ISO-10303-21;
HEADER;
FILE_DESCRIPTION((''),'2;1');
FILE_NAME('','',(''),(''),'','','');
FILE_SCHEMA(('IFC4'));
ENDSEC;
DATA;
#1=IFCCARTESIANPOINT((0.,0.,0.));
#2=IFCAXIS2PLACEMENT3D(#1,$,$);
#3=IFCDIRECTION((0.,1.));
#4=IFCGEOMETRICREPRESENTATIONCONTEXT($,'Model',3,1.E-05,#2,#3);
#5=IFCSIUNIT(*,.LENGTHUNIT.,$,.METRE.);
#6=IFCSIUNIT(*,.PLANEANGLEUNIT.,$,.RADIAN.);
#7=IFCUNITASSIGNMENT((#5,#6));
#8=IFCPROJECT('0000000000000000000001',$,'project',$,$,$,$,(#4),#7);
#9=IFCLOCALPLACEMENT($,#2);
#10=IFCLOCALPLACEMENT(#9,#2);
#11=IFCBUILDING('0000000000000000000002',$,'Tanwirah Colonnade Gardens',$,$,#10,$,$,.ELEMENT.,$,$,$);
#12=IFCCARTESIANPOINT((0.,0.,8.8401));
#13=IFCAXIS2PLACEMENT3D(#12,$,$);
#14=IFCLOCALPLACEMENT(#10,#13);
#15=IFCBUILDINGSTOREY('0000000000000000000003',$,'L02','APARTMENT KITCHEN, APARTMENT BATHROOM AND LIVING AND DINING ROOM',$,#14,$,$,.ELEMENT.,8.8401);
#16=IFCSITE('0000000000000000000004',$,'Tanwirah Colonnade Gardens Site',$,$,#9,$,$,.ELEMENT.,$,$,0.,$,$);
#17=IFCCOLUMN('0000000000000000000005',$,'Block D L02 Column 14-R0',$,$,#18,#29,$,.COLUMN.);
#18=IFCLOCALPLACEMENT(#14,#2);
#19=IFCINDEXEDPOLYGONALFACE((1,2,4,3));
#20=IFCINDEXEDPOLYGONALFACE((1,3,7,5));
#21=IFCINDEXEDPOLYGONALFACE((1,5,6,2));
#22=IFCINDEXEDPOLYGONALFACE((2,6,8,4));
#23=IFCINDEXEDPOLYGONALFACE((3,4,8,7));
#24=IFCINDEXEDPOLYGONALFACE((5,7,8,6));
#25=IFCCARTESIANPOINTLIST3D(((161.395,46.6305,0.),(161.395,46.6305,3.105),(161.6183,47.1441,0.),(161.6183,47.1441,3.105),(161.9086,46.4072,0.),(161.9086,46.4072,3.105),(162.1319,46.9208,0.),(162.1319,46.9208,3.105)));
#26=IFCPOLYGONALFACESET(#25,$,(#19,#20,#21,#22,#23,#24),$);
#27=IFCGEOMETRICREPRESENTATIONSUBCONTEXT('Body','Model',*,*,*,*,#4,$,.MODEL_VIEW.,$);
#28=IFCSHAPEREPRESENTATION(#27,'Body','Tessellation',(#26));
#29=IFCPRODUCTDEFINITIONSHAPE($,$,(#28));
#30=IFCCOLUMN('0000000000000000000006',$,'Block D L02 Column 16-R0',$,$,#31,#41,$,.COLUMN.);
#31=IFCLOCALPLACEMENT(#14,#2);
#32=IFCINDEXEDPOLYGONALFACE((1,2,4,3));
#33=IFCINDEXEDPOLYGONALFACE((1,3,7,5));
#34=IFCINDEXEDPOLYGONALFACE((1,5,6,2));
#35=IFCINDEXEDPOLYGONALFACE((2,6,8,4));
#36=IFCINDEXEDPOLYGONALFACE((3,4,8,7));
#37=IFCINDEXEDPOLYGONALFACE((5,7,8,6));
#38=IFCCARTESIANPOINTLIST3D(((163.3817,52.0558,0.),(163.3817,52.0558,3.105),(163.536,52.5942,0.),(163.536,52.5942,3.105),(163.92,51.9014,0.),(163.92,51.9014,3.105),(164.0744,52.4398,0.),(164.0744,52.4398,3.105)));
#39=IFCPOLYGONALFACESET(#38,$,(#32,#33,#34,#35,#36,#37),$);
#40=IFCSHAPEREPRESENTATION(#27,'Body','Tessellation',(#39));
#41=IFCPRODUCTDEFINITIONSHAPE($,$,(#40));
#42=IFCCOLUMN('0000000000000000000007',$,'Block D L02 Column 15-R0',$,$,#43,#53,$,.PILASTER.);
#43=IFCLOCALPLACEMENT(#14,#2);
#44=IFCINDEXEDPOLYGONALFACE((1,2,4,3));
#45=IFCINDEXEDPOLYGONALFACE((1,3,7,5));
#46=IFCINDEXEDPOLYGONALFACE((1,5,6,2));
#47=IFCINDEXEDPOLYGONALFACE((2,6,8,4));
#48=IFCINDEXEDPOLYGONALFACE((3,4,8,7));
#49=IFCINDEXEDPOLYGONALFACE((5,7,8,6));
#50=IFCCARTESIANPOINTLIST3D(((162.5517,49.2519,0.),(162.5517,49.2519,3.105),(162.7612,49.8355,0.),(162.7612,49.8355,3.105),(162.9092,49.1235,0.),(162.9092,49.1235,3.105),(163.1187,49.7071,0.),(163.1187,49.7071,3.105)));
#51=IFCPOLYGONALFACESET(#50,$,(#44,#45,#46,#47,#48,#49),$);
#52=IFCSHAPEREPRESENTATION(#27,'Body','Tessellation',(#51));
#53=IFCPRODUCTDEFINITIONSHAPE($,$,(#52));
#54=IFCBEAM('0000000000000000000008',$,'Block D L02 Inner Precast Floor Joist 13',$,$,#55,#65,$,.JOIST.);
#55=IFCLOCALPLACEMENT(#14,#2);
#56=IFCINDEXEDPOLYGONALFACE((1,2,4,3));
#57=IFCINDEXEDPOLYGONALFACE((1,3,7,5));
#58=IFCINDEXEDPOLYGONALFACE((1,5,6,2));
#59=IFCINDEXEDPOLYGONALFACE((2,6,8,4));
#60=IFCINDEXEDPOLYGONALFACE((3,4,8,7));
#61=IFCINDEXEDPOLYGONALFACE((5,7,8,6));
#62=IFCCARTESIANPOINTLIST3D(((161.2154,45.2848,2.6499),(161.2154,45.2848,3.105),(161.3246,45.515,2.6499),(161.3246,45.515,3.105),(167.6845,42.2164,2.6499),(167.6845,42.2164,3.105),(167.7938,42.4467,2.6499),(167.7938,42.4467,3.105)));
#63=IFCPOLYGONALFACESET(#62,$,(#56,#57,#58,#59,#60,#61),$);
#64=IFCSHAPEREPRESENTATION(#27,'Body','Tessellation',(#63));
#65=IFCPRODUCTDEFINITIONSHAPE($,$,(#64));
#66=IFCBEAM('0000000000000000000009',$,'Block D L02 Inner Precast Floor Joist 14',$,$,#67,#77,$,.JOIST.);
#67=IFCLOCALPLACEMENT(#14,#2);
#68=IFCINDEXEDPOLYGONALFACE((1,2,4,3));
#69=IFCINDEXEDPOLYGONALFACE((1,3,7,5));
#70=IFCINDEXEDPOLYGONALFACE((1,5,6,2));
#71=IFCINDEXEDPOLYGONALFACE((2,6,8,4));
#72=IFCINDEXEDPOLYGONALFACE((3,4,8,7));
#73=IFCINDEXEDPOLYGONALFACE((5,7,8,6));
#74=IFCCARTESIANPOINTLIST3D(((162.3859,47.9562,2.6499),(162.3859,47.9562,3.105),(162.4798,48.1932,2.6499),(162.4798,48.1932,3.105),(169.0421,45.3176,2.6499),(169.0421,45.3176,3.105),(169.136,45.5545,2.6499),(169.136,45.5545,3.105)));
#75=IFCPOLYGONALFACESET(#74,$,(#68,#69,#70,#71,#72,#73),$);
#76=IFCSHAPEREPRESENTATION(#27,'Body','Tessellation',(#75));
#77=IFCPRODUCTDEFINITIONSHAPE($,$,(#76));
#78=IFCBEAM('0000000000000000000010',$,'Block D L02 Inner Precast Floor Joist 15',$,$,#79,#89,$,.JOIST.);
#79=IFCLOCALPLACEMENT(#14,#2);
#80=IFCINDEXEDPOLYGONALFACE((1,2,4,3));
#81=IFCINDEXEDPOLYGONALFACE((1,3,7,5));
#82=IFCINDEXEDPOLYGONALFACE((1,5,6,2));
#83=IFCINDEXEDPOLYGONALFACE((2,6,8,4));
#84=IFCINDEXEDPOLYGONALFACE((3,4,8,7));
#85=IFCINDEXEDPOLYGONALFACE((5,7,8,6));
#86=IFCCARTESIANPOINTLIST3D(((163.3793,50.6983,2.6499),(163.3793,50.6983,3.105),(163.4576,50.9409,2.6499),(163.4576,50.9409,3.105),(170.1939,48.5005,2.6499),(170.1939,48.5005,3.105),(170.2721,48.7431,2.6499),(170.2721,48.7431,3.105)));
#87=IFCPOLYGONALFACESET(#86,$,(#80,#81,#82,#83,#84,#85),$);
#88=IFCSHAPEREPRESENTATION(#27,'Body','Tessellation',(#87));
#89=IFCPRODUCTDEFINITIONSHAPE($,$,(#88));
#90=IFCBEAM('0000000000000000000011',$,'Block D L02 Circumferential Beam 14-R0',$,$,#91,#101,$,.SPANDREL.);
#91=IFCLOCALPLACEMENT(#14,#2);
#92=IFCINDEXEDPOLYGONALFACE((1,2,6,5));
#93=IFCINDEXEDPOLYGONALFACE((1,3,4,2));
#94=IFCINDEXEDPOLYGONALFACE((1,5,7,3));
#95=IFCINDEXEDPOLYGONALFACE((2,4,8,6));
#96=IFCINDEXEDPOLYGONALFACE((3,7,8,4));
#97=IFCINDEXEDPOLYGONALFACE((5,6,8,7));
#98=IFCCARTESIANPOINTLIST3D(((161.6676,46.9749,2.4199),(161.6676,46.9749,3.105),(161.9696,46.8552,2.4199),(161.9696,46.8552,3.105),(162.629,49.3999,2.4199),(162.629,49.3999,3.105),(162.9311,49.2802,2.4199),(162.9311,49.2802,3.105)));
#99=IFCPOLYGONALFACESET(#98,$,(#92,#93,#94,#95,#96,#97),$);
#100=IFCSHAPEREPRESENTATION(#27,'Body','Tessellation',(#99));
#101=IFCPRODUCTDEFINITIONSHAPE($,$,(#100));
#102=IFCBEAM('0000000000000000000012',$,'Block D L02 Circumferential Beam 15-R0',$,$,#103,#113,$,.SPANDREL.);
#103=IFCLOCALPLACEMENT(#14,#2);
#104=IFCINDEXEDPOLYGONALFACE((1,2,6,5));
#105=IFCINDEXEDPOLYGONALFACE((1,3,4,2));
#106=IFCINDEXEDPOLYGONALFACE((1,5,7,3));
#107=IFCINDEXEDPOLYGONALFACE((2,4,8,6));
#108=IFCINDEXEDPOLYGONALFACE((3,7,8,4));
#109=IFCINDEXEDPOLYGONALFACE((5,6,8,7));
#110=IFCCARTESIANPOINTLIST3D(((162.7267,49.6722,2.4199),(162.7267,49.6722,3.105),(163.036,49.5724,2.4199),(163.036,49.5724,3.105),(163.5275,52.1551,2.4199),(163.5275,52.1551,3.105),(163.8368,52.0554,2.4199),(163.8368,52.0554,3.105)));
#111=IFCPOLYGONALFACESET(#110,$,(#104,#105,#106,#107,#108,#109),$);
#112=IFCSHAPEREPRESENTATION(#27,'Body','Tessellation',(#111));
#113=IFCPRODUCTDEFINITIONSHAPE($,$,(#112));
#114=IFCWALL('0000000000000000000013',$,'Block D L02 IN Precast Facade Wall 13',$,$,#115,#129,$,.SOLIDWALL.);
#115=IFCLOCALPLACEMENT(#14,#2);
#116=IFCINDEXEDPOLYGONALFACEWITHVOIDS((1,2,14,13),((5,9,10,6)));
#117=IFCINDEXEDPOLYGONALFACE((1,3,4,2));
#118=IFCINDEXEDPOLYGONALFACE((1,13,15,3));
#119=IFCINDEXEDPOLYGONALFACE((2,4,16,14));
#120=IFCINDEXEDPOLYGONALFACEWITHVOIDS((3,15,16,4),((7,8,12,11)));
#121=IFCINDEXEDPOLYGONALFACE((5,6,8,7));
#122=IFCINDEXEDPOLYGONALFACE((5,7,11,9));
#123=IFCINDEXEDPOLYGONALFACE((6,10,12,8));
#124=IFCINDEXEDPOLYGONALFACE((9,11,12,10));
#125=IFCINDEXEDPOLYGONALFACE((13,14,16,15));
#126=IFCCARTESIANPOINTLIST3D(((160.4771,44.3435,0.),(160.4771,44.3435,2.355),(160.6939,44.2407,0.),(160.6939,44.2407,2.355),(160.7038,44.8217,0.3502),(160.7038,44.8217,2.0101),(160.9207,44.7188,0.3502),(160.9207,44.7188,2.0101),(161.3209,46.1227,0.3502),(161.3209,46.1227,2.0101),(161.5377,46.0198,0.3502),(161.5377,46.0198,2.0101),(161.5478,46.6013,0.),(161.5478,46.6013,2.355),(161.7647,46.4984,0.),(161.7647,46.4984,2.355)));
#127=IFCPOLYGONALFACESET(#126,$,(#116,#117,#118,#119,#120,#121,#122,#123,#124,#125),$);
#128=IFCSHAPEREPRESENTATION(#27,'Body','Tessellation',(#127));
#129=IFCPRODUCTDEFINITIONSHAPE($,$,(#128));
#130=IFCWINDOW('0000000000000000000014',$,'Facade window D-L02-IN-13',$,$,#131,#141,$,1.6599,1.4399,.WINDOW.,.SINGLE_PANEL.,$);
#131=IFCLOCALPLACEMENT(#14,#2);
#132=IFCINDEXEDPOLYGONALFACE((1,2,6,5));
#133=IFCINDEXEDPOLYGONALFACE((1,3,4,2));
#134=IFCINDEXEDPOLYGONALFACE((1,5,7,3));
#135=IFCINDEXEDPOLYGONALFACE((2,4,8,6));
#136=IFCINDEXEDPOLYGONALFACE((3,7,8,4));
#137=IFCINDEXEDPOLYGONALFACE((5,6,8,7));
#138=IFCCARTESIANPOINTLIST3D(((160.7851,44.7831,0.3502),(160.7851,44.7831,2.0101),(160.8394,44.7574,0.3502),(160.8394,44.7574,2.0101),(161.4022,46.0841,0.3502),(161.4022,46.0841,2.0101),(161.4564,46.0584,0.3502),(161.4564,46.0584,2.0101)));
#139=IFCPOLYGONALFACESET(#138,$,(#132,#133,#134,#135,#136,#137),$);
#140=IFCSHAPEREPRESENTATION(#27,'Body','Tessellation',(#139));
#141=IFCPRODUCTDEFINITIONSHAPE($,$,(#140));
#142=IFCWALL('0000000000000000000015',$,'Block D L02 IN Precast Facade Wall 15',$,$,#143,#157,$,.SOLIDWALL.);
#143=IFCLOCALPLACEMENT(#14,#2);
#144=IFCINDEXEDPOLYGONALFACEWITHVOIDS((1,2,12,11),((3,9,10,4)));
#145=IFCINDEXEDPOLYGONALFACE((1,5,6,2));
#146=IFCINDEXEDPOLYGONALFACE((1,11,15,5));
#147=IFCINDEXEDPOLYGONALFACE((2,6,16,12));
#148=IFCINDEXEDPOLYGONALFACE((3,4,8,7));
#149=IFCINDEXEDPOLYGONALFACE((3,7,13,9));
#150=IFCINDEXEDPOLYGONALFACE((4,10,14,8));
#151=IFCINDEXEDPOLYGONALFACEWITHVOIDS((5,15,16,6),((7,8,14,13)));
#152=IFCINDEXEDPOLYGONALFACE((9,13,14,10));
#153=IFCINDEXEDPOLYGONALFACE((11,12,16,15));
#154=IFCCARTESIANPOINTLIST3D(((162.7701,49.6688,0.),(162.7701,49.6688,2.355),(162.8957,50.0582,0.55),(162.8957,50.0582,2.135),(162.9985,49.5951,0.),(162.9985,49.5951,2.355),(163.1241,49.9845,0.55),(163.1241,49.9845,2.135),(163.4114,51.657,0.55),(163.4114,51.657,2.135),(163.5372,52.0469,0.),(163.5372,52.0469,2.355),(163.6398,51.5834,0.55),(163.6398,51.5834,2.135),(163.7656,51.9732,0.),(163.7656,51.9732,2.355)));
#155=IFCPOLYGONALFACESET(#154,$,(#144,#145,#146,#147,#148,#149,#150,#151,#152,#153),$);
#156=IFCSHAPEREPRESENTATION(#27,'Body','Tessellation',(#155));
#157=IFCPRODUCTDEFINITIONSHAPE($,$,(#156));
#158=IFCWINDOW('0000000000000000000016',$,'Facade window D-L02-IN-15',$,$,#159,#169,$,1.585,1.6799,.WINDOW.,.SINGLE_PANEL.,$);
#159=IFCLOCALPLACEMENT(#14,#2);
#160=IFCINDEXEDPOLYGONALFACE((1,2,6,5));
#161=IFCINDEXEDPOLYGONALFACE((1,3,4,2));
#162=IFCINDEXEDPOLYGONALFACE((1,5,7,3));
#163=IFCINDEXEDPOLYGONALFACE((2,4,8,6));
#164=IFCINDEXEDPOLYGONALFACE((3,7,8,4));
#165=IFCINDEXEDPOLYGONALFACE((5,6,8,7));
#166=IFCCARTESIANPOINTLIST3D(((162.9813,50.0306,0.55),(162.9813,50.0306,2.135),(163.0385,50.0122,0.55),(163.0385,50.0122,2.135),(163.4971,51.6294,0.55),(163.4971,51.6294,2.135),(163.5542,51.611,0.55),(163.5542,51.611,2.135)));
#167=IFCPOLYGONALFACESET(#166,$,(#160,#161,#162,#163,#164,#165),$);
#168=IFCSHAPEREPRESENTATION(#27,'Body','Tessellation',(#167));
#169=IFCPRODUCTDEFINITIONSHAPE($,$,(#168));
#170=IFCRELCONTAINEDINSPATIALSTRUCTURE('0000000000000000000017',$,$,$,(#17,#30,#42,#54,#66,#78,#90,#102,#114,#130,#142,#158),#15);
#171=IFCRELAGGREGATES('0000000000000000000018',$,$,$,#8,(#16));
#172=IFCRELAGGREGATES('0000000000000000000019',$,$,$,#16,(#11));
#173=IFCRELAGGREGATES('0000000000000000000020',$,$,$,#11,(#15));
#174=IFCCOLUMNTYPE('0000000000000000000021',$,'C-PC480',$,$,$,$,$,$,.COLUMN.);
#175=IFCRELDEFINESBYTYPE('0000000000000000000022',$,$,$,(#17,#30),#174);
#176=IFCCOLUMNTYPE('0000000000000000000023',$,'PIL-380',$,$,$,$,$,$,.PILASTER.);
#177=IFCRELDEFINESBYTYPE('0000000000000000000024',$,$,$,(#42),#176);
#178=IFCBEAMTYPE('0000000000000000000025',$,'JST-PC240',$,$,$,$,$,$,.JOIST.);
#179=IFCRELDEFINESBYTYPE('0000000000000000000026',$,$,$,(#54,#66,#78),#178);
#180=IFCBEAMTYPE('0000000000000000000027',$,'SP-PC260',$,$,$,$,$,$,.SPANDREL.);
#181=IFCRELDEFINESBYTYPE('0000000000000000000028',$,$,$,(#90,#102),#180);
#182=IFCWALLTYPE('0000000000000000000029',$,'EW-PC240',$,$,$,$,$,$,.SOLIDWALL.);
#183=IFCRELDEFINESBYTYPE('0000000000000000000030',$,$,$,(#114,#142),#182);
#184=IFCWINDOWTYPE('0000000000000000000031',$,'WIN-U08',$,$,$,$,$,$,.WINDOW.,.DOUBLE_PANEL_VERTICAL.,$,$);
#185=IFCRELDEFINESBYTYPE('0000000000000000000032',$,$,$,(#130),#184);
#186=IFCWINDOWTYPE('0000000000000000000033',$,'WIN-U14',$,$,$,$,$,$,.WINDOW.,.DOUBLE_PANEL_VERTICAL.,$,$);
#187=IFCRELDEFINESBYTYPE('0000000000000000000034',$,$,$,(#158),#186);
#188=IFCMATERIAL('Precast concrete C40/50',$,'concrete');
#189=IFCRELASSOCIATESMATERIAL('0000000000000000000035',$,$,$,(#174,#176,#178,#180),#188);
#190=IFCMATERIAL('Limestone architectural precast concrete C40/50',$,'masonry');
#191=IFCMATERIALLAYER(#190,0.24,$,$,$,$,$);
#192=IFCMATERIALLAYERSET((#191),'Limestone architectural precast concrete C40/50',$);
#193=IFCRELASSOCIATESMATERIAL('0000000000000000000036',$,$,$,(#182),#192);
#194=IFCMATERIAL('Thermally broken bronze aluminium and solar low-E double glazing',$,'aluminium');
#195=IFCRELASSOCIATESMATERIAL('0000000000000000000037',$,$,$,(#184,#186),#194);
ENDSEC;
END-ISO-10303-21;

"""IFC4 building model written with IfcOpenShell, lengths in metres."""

from ifc_helpers import new_model, si_unit, direction, frame, frame_2d, origin, origin_2d, place, context, subcontext, project, spatial, rectangle, extrude, material, layer, layer_set, material_profile, profile_set, type_object, element, fill, save


model = new_model("IFC4")

# Units and contexts
model_context = context("Model", 3, precision=1e-05, world=origin(), true_north=direction((0.0, 1.0)))
body_context = subcontext(model_context, "Body", "Model", "MODEL_VIEW")
ifc_project = project(units=[si_unit("LENGTHUNIT", "METRE"), si_unit("PLANEANGLEUNIT", "RADIAN")], contexts=[model_context])

# Site, building, storey
site_placement = place(None, origin())
site = spatial("IfcSite", under=ifc_project, at=site_placement, Name="Tanwirah Colonnade Gardens Site", CompositionType="ELEMENT", RefElevation=0.0)
building_placement = place(site_placement, origin())
building = spatial("IfcBuilding", under=site, at=building_placement, Name="Tanwirah Colonnade Gardens", CompositionType="ELEMENT")
storey_placement = place(building_placement, frame((0.0, 0.0, 8.8401)))
storey = spatial("IfcBuildingStorey", under=building, at=storey_placement, Name="L02", Description="APARTMENT KITCHEN, APARTMENT BATHROOM AND LIVING AND DINING ROOM", CompositionType="ELEMENT", Elevation=8.8401)

# Columns
ifc_material_1 = material(Name="Precast concrete C40/50", Category="concrete")
ifc_material_profile_1 = material_profile(ifc_material_1, rectangle(XDim=0.5601, YDim=0.5601, at=origin_2d()), Name="PC-COL 560x560")
ifc_profile_set_1 = profile_set([ifc_material_profile_1], Name="Precast concrete C40/50")
column_type_1 = type_object("IfcColumnType", Name="C-PC480", PredefinedType="COLUMN", material=ifc_profile_set_1)
for number, where, z_axis, x_axis, name in (
    (1, (161.7634, 46.7756, 0.0), (0.0, 0.0, 1.0), (0.91706, -0.398749, 0.0), "Block D L02 Column 14-R0"),
    (2, (163.728, 52.2478, 0.0), (0.0, 0.0, 1.0), (0.961262, -0.275637, 0.0), "Block D L02 Column 16-R0"),
):
    element("IfcColumn", number, at=place(storey_placement, frame(where, z_axis=z_axis, x_axis=x_axis)), inside=storey, type_object=column_type_1, Name=name, PredefinedType="COLUMN", context=body_context, shape_type="SweptSolid", body=[
        extrude(rectangle(XDim=0.5601, YDim=0.5601, at=origin_2d()), origin(), (0.0, 0.0, 1.0), 3.105),
    ])
ifc_material_profile_2 = material_profile(ifc_material_1, rectangle(XDim=0.3799, YDim=0.6201, at=origin_2d()), Name="PC-PIL 380x620")
ifc_profile_set_2 = profile_set([ifc_material_profile_2], Name="Precast concrete C40/50")
column_type_2 = type_object("IfcColumnType", Name="PIL-380", PredefinedType="PILASTER", material=ifc_profile_set_2)
column_placement = place(storey_placement, frame((162.8352, 49.4795, 0.0), z_axis=(0.0, 0.0, 1.0), x_axis=(0.941176, -0.337917, 0.0)))
element("IfcColumn", 3, at=column_placement, inside=storey, type_object=column_type_2, Name="Block D L02 Column 15-R0", PredefinedType="PILASTER", context=body_context, shape_type="SweptSolid", body=[
    extrude(rectangle(XDim=0.3799, YDim=0.6201, at=origin_2d()), origin(), (0.0, 0.0, 1.0), 3.105),
])

# Beams
ifc_material_profile_3 = material_profile(ifc_material_1, rectangle(XDim=0.2549, YDim=0.4551, at=origin_2d()), Name="PC-JST 255x455")
ifc_profile_set_3 = profile_set([ifc_material_profile_3], Name="Precast concrete C40/50")
beam_type_1 = type_object("IfcBeamType", Name="JST-PC240", PredefinedType="JOIST", material=ifc_profile_set_3)
beam_1_placement = place(storey_placement, frame((161.27, 45.3999, 2.8774), z_axis=(0.903522, -0.428541, 0.0), x_axis=(0.428541, 0.903522, 0.0)))
element("IfcBeam", 4, at=beam_1_placement, inside=storey, type_object=beam_type_1, Name="Block D L02 Inner Precast Floor Joist 13", PredefinedType="JOIST", context=body_context, shape_type="SweptSolid", body=[
    extrude(rectangle(XDim=0.2549, YDim=0.4551, at=origin_2d()), origin(), (0.0, 0.0, 1.0), 7.1599),
])
for number, where, z_axis, x_axis, name in (
    (5, (162.4329, 48.0747, 2.8774), (0.92962, -0.36852, 0.0), (0.36852, 0.92962, 0.0), "Block D L02 Inner Precast Floor Joist 14"),
    (6, (163.4185, 50.8196, 2.8774), (0.951727, -0.306945, 0.0), (0.306945, 0.951727, 0.0), "Block D L02 Inner Precast Floor Joist 15"),
):
    element("IfcBeam", number, at=place(storey_placement, frame(where, z_axis=z_axis, x_axis=x_axis)), inside=storey, type_object=beam_type_1, Name=name, PredefinedType="JOIST", context=body_context, shape_type="SweptSolid", body=[
        extrude(rectangle(XDim=0.2549, YDim=0.4551, at=origin_2d()), origin(), (0.0, 0.0, 1.0), 7.1602),
    ])
ifc_material_profile_4 = material_profile(ifc_material_1, rectangle(XDim=0.325, YDim=0.6851, at=origin_2d()), Name="PC-SP 325x685")
ifc_profile_set_4 = profile_set([ifc_material_profile_4], Name="Precast concrete C40/50")
beam_type_2 = type_object("IfcBeamType", Name="SP-PC260", PredefinedType="SPANDREL", material=ifc_profile_set_4)
beam_2_placement = place(storey_placement, frame((161.8186, 46.915, 2.7625), z_axis=(0.368549, 0.929608, 0.0), x_axis=(-0.929608, 0.368549, 0.0)))
element("IfcBeam", 7, at=beam_2_placement, inside=storey, type_object=beam_type_2, Name="Block D L02 Circumferential Beam 14-R0", PredefinedType="SPANDREL", context=body_context, shape_type="SweptSolid", body=[
    extrude(rectangle(XDim=0.325, YDim=0.6851, at=origin_2d()), origin(), (0.0, 0.0, 1.0), 2.6086),
])
beam_3_placement = place(storey_placement, frame((162.8813, 49.6223, 2.7625), z_axis=(0.306948, 0.951726, 0.0), x_axis=(-0.951726, 0.306948, 0.0)))
element("IfcBeam", 8, at=beam_3_placement, inside=storey, type_object=beam_type_2, Name="Block D L02 Circumferential Beam 15-R0", PredefinedType="SPANDREL", context=body_context, shape_type="SweptSolid", body=[
    extrude(rectangle(XDim=0.325, YDim=0.6851, at=origin_2d()), origin(), (0.0, 0.0, 1.0), 2.6089),
])

# Wall, opening, window
ifc_material_2 = material(Name="Limestone architectural precast concrete C40/50", Category="masonry")
ifc_layer_1 = layer(ifc_material_2, 0.24)
ifc_layer_set_1 = layer_set([ifc_layer_1], Name="Limestone architectural precast concrete C40/50")
wall_type_1 = type_object("IfcWallType", Name="EW-PC240", PredefinedType="SOLIDWALL", material=ifc_layer_set_1)
wall_1_placement = place(storey_placement, frame((160.5854, 44.292, 0.0), z_axis=(0.0, 0.0, 1.0), x_axis=(0.428515, 0.903535, 0.0)))
wall_1 = element("IfcWall", 9, at=wall_1_placement, inside=storey, type_object=wall_type_1, Name="Block D L02 IN Precast Facade Wall 13", PredefinedType="SOLIDWALL", context=body_context, shape_type="SweptSolid", body=[
    extrude(rectangle(XDim=2.4988, YDim=0.24, at=frame_2d((1.2495, 0.0))), origin(), (0.0, 0.0, 1.0), 2.355),
])
opening_1_placement = place(wall_1_placement, frame((0.5293, 0.0, 0.3501)))
opening_1 = element("IfcOpeningElement", 10, at=opening_1_placement, cuts=wall_1, PredefinedType="OPENING", context=body_context, shape_type="SweptSolid", body=[
    extrude(rectangle(XDim=1.4399, YDim=1.6599, at=frame_2d((0.72, 0.8301))), frame((0.0, 0.1299, 0.0), z_axis=(0.0, -1.0, 0.0), x_axis=(1.0, 0.0, 0.0)), (0.0, 0.0, 1.0), 0.26),
])
ifc_material_3 = material(Name="Thermally broken bronze aluminium and solar low-E double glazing", Category="aluminium")
window_type_1 = type_object("IfcWindowType", Name="WIN-U08", PartitioningType="DOUBLE_PANEL_VERTICAL", PredefinedType="WINDOW", material=ifc_material_3)
window_1_placement = place(opening_1_placement, origin())
window_1 = element("IfcWindow", 11, at=window_1_placement, inside=storey, type_object=window_type_1, Name="Facade window D-L02-IN-13", OverallHeight=1.6599, OverallWidth=1.4399, PartitioningType="SINGLE_PANEL", PredefinedType="WINDOW", context=body_context, shape_type="SweptSolid", body=[
    extrude(rectangle(XDim=1.4399, YDim=1.6599, at=frame_2d((0.72, 0.8301))), frame((0.0, 0.03, 0.0), z_axis=(0.0, -1.0, 0.0), x_axis=(1.0, 0.0, 0.0)), (0.0, 0.0, 1.0), 0.0601),
])
fill(opening_1, window_1)

# Wall, opening, window
wall_2_placement = place(storey_placement, frame((162.8843, 49.6318, 0.0), z_axis=(0.0, 0.0, 1.0), x_axis=(0.30698, 0.951716, 0.0)))
wall_2 = element("IfcWall", 12, at=wall_2_placement, inside=storey, type_object=wall_type_1, Name="Block D L02 IN Precast Facade Wall 15", PredefinedType="SOLIDWALL", context=body_context, shape_type="SweptSolid", body=[
    extrude(rectangle(XDim=2.4988, YDim=0.24, at=frame_2d((1.2495, 0.0))), origin(), (0.0, 0.0, 1.0), 2.355),
])
opening_2_placement = place(wall_2_placement, frame((0.4094, 0.0, 0.55)))
opening_2 = element("IfcOpeningElement", 13, at=opening_2_placement, cuts=wall_2, PredefinedType="OPENING", context=body_context, shape_type="SweptSolid", body=[
    extrude(rectangle(XDim=1.6799, YDim=1.585, at=frame_2d((0.8398, 0.7925))), frame((0.0, 0.1299, 0.0), z_axis=(0.0, -1.0, 0.0), x_axis=(1.0, 0.0, 0.0)), (0.0, 0.0, 1.0), 0.26),
])
window_type_2 = type_object("IfcWindowType", Name="WIN-U14", PartitioningType="DOUBLE_PANEL_VERTICAL", PredefinedType="WINDOW", material=ifc_material_3)
window_2_placement = place(opening_2_placement, origin())
window_2 = element("IfcWindow", 14, at=window_2_placement, inside=storey, type_object=window_type_2, Name="Facade window D-L02-IN-15", OverallHeight=1.585, OverallWidth=1.6799, PartitioningType="SINGLE_PANEL", PredefinedType="WINDOW", context=body_context, shape_type="SweptSolid", body=[
    extrude(rectangle(XDim=1.6799, YDim=1.585, at=frame_2d((0.8398, 0.7925))), frame((0.0, 0.03, 0.0), z_axis=(0.0, -1.0, 0.0), x_axis=(1.0, 0.0, 0.0)), (0.0, 0.0, 1.0), 0.0601),
])
fill(opening_2, window_2)

save(model, "model.ifc")
